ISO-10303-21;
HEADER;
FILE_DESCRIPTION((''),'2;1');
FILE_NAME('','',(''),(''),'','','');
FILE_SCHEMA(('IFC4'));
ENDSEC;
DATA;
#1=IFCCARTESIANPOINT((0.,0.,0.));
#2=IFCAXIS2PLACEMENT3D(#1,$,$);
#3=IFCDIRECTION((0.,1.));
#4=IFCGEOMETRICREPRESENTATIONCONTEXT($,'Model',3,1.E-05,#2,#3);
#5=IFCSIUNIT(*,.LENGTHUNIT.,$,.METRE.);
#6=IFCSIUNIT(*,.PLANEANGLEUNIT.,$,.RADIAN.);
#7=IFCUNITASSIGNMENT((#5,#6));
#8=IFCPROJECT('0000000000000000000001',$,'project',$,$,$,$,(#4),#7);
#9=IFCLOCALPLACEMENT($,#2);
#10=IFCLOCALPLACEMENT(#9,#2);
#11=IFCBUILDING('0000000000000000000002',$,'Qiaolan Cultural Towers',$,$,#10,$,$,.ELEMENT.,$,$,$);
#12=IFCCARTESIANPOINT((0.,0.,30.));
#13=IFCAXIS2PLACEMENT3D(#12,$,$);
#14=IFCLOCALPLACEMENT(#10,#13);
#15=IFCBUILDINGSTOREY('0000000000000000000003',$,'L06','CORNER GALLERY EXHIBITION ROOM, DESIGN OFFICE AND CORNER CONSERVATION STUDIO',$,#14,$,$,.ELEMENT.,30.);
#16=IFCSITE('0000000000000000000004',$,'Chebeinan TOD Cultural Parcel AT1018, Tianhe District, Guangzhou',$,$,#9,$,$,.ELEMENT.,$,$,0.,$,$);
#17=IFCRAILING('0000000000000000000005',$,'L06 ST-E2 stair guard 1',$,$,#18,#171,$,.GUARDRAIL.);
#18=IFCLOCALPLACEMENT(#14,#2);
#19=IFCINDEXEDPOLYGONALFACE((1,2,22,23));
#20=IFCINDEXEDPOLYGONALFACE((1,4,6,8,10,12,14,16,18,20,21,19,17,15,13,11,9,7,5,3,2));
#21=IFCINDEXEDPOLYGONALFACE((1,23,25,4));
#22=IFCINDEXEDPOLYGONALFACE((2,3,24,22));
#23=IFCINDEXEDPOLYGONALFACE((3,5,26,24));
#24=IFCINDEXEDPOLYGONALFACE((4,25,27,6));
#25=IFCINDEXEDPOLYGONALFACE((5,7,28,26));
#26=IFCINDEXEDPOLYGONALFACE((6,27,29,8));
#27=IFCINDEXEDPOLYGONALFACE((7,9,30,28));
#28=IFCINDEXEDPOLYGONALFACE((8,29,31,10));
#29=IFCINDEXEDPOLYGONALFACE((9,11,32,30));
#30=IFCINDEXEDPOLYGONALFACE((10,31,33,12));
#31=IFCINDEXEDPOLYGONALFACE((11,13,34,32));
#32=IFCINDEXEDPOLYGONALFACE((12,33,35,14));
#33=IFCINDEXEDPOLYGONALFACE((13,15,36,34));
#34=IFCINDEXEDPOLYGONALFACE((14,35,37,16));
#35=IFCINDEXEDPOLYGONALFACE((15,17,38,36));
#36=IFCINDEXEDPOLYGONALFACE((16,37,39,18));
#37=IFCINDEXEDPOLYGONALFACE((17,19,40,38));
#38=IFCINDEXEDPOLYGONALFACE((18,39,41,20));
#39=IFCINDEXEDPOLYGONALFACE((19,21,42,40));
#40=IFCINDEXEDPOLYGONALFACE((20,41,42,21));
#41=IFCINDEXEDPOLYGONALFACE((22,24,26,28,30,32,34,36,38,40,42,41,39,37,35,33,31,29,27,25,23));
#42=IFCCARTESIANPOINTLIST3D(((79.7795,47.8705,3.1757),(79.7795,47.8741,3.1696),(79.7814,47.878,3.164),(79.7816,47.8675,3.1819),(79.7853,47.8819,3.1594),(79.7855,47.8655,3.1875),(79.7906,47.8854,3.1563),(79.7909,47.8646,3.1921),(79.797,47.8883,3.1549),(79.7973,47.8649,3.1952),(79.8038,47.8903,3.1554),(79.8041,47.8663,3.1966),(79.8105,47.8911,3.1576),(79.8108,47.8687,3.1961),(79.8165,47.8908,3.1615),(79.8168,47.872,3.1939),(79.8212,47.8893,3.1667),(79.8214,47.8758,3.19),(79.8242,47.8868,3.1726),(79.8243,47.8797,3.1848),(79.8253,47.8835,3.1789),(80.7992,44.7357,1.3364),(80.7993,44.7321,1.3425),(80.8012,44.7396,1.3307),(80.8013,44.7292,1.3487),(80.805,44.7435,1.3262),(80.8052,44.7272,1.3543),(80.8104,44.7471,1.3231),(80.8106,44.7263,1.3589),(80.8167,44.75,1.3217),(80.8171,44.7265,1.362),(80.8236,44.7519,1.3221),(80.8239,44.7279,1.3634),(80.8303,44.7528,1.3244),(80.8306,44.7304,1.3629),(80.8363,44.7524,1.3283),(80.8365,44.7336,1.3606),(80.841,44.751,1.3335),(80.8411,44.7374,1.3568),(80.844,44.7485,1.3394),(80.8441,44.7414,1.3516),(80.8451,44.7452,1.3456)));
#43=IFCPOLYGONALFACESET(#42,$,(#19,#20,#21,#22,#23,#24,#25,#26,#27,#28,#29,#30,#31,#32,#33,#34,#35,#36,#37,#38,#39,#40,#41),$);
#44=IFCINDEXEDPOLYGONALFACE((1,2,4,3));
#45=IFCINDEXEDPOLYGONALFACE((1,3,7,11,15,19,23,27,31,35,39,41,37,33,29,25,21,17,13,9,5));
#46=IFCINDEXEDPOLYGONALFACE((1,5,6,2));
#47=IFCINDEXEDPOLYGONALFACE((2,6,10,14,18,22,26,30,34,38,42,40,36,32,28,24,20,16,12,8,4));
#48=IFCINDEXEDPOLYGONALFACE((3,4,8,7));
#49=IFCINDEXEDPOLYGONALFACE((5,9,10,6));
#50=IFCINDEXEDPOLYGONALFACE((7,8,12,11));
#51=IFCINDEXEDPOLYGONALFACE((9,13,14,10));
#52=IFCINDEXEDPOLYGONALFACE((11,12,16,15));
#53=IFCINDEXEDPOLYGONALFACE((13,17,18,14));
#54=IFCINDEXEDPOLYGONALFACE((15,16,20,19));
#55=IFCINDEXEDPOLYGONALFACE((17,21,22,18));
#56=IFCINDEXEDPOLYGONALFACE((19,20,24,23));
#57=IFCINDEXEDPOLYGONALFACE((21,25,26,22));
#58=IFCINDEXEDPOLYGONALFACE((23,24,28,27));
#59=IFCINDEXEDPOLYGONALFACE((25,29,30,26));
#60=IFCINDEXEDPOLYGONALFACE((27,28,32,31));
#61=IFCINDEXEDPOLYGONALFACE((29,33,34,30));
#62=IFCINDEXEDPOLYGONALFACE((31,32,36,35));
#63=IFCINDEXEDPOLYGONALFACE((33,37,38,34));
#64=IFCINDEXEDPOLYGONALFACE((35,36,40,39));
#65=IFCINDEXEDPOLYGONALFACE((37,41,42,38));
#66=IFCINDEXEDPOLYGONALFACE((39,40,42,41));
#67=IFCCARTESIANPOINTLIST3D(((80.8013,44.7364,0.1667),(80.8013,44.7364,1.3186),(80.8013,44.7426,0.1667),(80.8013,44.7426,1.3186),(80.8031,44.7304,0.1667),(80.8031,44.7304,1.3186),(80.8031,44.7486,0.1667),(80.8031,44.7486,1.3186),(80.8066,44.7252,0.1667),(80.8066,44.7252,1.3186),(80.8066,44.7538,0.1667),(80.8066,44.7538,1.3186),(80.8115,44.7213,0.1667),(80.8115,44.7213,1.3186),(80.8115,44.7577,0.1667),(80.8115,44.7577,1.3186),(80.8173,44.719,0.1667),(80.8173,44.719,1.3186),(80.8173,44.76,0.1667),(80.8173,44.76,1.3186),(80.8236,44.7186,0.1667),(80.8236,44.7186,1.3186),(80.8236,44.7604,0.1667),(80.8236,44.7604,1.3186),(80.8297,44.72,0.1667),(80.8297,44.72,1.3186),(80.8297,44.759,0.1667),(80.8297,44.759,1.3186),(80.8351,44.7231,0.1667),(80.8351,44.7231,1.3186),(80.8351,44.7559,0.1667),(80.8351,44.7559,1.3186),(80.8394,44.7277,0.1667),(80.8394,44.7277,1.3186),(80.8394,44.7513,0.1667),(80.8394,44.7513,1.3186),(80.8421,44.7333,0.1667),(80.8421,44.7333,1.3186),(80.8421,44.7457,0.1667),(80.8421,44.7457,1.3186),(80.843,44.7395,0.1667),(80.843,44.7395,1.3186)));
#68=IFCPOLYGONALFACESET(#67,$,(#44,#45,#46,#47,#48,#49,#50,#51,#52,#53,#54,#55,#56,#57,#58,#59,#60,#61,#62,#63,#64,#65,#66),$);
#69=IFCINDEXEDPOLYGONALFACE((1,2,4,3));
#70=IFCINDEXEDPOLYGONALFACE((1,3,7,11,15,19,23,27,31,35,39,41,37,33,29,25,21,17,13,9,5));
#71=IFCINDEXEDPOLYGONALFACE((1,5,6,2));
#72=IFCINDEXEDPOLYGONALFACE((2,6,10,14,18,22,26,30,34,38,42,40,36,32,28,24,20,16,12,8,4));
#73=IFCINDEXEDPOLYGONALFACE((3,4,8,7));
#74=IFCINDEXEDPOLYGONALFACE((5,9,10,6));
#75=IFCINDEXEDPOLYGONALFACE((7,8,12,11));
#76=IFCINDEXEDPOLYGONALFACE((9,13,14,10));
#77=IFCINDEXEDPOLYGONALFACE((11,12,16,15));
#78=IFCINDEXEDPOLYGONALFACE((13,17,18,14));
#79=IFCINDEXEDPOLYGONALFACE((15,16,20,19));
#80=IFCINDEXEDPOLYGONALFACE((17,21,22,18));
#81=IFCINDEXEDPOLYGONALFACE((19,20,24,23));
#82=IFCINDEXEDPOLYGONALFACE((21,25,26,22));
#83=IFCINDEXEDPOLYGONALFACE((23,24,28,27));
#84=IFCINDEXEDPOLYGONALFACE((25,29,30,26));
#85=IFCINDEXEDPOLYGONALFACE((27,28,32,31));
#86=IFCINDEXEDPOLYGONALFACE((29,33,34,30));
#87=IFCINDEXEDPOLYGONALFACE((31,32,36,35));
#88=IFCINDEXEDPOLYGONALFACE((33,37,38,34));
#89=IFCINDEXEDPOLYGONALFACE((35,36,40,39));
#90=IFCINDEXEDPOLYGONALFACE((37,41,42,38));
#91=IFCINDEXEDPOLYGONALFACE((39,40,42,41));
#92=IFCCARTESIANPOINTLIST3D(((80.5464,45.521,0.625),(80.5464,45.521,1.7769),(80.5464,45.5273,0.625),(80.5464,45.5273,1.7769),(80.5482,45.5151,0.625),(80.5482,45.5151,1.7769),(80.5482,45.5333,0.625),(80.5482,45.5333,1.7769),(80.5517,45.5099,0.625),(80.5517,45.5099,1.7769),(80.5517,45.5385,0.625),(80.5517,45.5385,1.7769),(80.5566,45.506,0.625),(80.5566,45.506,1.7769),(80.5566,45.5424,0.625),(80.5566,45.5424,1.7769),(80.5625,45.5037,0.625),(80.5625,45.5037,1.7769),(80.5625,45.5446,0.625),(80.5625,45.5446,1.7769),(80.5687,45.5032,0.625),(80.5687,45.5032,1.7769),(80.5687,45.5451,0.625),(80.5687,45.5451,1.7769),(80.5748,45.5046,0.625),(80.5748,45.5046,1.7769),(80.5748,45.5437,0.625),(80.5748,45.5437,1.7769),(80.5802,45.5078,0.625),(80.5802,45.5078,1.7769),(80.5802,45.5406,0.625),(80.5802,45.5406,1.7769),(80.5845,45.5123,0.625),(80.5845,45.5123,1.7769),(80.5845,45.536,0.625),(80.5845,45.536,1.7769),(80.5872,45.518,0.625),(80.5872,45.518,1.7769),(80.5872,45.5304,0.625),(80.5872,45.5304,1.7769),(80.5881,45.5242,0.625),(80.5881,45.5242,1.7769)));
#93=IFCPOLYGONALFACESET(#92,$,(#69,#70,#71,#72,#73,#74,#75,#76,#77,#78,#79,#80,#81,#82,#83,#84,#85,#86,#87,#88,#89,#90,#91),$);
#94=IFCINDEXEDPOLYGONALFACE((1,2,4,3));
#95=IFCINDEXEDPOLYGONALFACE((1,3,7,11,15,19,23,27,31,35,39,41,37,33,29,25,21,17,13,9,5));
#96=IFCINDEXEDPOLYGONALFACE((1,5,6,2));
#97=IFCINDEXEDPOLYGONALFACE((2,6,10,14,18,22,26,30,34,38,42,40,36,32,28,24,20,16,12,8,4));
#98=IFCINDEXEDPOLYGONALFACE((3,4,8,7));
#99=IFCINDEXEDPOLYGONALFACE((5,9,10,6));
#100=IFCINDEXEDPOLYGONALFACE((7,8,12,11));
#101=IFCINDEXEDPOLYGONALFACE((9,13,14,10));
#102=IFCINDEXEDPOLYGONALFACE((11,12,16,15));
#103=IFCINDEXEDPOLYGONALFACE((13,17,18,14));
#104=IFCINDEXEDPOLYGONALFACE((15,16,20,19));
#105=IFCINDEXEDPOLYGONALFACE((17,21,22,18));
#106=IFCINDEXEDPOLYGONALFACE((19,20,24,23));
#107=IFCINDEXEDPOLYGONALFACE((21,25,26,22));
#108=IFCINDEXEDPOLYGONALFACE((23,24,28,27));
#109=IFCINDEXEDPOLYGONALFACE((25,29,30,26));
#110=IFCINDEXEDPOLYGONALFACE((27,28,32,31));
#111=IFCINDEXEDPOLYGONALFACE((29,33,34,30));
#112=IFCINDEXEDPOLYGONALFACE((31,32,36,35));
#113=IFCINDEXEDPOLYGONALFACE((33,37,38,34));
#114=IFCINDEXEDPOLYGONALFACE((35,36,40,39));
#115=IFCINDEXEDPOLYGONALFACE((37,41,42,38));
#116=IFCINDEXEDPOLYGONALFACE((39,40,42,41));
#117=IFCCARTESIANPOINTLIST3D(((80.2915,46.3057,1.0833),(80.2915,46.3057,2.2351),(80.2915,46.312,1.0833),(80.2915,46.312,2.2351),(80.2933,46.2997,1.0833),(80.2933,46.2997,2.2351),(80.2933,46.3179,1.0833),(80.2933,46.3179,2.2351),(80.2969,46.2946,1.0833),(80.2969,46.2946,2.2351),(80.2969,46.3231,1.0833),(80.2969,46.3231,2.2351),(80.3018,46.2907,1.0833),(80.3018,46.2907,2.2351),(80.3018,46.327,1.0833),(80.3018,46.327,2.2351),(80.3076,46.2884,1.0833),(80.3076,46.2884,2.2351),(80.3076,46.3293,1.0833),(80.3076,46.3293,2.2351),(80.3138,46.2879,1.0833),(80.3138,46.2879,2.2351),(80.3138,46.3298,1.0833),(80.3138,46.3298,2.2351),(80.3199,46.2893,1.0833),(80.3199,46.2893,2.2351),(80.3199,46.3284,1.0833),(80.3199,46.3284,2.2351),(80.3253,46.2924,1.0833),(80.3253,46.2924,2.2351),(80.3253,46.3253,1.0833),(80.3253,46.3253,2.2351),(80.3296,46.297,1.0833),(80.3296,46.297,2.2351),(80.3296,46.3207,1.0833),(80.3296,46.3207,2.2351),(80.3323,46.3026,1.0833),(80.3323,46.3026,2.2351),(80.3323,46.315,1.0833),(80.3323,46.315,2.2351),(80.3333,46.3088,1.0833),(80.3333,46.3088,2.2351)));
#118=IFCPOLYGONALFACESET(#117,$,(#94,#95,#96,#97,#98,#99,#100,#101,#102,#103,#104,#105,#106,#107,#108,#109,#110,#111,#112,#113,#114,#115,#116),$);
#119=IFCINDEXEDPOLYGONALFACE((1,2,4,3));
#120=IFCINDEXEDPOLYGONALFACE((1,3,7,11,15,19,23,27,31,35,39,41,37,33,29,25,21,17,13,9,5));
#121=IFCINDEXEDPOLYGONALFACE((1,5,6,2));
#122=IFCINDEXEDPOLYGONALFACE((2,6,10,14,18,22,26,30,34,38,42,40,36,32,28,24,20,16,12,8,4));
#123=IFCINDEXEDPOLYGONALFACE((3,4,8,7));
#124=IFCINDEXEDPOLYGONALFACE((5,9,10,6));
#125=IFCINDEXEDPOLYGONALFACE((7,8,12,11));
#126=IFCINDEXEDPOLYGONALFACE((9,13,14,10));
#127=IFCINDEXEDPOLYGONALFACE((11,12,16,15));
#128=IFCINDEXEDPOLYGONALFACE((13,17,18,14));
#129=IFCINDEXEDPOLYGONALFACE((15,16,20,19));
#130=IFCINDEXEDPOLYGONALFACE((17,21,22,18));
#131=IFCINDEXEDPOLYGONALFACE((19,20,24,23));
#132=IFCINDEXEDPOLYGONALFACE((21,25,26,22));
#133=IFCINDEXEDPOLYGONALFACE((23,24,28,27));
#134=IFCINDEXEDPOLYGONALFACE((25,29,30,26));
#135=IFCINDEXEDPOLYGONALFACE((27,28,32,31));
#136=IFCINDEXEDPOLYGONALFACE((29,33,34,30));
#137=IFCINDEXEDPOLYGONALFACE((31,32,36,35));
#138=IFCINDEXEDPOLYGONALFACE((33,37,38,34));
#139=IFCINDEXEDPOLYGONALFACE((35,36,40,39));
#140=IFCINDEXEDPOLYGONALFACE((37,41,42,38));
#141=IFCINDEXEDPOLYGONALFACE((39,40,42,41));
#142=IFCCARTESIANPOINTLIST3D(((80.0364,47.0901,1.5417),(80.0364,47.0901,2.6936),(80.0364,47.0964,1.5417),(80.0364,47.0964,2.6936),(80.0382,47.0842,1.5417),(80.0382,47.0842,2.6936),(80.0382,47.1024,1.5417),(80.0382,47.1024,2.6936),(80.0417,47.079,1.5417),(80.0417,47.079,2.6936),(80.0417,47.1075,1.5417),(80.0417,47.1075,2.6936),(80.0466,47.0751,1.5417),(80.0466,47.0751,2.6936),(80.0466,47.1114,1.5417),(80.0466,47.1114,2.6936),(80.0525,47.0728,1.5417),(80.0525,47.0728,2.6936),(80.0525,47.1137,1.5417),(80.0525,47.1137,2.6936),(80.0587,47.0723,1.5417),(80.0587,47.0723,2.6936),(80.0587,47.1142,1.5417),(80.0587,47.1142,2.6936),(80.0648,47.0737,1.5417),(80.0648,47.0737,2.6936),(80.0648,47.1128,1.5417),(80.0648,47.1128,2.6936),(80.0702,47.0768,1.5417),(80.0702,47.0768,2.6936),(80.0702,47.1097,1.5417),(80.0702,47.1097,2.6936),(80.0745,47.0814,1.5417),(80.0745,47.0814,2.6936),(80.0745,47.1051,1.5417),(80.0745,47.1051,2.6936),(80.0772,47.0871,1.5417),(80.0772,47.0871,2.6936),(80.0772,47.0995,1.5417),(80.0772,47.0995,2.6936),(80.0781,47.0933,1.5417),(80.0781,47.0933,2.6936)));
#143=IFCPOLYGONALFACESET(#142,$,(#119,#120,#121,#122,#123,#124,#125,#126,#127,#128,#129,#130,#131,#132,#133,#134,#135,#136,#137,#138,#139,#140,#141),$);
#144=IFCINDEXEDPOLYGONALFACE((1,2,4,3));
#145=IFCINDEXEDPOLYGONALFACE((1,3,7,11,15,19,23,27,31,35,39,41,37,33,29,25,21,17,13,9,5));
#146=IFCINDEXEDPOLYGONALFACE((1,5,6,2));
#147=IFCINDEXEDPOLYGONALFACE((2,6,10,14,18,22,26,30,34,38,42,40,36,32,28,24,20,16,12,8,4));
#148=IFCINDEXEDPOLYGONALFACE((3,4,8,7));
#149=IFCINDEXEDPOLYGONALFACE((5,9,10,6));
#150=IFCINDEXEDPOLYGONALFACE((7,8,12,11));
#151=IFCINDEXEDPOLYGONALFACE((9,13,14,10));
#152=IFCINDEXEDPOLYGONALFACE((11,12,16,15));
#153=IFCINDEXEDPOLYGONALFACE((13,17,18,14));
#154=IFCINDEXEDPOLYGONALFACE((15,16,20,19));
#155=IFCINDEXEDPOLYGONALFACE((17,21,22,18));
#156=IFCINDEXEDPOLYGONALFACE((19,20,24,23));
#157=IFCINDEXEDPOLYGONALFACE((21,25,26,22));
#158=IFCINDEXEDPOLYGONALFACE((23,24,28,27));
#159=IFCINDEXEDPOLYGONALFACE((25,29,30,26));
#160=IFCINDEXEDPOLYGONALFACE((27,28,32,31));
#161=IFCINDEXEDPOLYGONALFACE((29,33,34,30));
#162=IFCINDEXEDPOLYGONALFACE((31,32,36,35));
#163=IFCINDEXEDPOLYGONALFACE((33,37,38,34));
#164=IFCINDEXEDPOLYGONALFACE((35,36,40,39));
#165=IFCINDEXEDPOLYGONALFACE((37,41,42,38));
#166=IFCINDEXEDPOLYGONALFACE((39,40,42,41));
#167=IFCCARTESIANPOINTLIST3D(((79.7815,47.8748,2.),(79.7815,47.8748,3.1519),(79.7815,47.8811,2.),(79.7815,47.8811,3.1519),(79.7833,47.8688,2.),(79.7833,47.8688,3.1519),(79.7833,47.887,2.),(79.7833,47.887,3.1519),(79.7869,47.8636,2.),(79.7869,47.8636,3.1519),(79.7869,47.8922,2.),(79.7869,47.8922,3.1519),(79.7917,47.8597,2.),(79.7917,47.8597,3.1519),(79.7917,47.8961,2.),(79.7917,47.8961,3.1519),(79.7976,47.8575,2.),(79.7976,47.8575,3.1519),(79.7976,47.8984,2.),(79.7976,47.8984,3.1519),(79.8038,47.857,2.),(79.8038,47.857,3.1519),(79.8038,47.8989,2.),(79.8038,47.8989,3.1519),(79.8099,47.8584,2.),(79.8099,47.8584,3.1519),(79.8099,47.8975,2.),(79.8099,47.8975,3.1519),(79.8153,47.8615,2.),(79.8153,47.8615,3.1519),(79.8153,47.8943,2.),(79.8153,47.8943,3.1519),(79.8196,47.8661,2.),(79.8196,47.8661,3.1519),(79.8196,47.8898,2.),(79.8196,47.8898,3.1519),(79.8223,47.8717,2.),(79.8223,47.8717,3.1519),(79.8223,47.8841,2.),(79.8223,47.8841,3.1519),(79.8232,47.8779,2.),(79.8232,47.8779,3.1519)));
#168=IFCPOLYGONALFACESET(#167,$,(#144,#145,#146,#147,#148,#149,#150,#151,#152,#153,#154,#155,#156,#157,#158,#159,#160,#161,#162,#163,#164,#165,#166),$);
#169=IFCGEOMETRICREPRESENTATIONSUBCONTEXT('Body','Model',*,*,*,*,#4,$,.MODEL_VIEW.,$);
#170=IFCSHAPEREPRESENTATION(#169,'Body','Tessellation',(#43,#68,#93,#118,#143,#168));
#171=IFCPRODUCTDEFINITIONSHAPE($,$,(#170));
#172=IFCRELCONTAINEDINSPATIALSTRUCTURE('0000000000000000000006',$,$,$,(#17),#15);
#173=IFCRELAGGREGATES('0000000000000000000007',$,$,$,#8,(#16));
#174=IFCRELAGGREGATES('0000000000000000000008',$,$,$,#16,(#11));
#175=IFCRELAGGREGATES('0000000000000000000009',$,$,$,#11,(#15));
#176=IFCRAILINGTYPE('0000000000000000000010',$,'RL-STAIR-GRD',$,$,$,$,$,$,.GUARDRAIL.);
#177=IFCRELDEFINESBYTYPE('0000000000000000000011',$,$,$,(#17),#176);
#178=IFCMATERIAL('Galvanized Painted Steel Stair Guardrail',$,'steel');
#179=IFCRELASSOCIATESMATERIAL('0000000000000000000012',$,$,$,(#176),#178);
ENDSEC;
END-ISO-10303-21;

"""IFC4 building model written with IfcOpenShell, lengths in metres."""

from ifc_helpers import new_model, si_unit, direction, frame, origin, origin_2d, place, context, subcontext, project, spatial, circle, extrude, material, type_object, element, save


model = new_model("IFC4")

# Units and contexts
model_context = context("Model", 3, precision=1e-05, world=origin(), true_north=direction((0.0, 1.0)))
body_context = subcontext(model_context, "Body", "Model", "MODEL_VIEW")
ifc_project = project(units=[si_unit("LENGTHUNIT", "METRE"), si_unit("PLANEANGLEUNIT", "RADIAN")], contexts=[model_context])

# Site, building, storey
site_placement = place(None, origin())
site = spatial("IfcSite", under=ifc_project, at=site_placement, Name="Chebeinan TOD Cultural Parcel AT1018, Tianhe District, Guangzhou", CompositionType="ELEMENT", RefElevation=0.0)
building_placement = place(site_placement, origin())
building = spatial("IfcBuilding", under=site, at=building_placement, Name="Qiaolan Cultural Towers", CompositionType="ELEMENT")
storey_placement = place(building_placement, frame((0.0, 0.0, 30.0)))
storey = spatial("IfcBuildingStorey", under=building, at=storey_placement, Name="L06", Description="CORNER GALLERY EXHIBITION ROOM, DESIGN OFFICE AND CORNER CONSERVATION STUDIO", CompositionType="ELEMENT", Elevation=30.0)

# Railing
ifc_material_1 = material(Name="Galvanized Painted Steel Stair Guardrail", Category="steel")
railing_type_1 = type_object("IfcRailingType", Name="RL-STAIR-GRD", PredefinedType="GUARDRAIL", material=ifc_material_1)
railing_1_placement = place(storey_placement, frame((80.822, 44.7395, 0.1667)))
element("IfcRailing", 1, at=railing_1_placement, inside=storey, type_object=railing_type_1, Name="L06 ST-E2 stair guard 1", PredefinedType="GUARDRAIL", context=body_context, shape_type="SweptSolid", body=[
    extrude(circle(Radius=0.0239, at=origin_2d()), frame((0.0, 0.0, 1.1758), z_axis=(-0.270141, 0.831376, 0.485632), x_axis=(-0.951053, -0.309028, 0.0)), (0.0, 0.0, 1.0), 3.7749),
    extrude(circle(Radius=0.021, at=origin_2d()), origin(), (0.0, 0.0, 1.0), 1.1519),
    extrude(circle(Radius=0.021, at=origin_2d()), frame((-0.2549, 0.7847, 0.4583)), (0.0, 0.0, 1.0), 1.1519),
    extrude(circle(Radius=0.021, at=origin_2d()), frame((-0.5098, 1.5693, 0.9165)), (0.0, 0.0, 1.0), 1.1519),
    extrude(circle(Radius=0.021, at=origin_2d()), frame((-0.7649, 2.3538, 1.375)), (0.0, 0.0, 1.0), 1.1519),
    extrude(circle(Radius=0.021, at=origin_2d()), frame((-1.0198, 3.1384, 1.8333)), (0.0, 0.0, 1.0), 1.1519),
])

save(model, "model.ifc")
